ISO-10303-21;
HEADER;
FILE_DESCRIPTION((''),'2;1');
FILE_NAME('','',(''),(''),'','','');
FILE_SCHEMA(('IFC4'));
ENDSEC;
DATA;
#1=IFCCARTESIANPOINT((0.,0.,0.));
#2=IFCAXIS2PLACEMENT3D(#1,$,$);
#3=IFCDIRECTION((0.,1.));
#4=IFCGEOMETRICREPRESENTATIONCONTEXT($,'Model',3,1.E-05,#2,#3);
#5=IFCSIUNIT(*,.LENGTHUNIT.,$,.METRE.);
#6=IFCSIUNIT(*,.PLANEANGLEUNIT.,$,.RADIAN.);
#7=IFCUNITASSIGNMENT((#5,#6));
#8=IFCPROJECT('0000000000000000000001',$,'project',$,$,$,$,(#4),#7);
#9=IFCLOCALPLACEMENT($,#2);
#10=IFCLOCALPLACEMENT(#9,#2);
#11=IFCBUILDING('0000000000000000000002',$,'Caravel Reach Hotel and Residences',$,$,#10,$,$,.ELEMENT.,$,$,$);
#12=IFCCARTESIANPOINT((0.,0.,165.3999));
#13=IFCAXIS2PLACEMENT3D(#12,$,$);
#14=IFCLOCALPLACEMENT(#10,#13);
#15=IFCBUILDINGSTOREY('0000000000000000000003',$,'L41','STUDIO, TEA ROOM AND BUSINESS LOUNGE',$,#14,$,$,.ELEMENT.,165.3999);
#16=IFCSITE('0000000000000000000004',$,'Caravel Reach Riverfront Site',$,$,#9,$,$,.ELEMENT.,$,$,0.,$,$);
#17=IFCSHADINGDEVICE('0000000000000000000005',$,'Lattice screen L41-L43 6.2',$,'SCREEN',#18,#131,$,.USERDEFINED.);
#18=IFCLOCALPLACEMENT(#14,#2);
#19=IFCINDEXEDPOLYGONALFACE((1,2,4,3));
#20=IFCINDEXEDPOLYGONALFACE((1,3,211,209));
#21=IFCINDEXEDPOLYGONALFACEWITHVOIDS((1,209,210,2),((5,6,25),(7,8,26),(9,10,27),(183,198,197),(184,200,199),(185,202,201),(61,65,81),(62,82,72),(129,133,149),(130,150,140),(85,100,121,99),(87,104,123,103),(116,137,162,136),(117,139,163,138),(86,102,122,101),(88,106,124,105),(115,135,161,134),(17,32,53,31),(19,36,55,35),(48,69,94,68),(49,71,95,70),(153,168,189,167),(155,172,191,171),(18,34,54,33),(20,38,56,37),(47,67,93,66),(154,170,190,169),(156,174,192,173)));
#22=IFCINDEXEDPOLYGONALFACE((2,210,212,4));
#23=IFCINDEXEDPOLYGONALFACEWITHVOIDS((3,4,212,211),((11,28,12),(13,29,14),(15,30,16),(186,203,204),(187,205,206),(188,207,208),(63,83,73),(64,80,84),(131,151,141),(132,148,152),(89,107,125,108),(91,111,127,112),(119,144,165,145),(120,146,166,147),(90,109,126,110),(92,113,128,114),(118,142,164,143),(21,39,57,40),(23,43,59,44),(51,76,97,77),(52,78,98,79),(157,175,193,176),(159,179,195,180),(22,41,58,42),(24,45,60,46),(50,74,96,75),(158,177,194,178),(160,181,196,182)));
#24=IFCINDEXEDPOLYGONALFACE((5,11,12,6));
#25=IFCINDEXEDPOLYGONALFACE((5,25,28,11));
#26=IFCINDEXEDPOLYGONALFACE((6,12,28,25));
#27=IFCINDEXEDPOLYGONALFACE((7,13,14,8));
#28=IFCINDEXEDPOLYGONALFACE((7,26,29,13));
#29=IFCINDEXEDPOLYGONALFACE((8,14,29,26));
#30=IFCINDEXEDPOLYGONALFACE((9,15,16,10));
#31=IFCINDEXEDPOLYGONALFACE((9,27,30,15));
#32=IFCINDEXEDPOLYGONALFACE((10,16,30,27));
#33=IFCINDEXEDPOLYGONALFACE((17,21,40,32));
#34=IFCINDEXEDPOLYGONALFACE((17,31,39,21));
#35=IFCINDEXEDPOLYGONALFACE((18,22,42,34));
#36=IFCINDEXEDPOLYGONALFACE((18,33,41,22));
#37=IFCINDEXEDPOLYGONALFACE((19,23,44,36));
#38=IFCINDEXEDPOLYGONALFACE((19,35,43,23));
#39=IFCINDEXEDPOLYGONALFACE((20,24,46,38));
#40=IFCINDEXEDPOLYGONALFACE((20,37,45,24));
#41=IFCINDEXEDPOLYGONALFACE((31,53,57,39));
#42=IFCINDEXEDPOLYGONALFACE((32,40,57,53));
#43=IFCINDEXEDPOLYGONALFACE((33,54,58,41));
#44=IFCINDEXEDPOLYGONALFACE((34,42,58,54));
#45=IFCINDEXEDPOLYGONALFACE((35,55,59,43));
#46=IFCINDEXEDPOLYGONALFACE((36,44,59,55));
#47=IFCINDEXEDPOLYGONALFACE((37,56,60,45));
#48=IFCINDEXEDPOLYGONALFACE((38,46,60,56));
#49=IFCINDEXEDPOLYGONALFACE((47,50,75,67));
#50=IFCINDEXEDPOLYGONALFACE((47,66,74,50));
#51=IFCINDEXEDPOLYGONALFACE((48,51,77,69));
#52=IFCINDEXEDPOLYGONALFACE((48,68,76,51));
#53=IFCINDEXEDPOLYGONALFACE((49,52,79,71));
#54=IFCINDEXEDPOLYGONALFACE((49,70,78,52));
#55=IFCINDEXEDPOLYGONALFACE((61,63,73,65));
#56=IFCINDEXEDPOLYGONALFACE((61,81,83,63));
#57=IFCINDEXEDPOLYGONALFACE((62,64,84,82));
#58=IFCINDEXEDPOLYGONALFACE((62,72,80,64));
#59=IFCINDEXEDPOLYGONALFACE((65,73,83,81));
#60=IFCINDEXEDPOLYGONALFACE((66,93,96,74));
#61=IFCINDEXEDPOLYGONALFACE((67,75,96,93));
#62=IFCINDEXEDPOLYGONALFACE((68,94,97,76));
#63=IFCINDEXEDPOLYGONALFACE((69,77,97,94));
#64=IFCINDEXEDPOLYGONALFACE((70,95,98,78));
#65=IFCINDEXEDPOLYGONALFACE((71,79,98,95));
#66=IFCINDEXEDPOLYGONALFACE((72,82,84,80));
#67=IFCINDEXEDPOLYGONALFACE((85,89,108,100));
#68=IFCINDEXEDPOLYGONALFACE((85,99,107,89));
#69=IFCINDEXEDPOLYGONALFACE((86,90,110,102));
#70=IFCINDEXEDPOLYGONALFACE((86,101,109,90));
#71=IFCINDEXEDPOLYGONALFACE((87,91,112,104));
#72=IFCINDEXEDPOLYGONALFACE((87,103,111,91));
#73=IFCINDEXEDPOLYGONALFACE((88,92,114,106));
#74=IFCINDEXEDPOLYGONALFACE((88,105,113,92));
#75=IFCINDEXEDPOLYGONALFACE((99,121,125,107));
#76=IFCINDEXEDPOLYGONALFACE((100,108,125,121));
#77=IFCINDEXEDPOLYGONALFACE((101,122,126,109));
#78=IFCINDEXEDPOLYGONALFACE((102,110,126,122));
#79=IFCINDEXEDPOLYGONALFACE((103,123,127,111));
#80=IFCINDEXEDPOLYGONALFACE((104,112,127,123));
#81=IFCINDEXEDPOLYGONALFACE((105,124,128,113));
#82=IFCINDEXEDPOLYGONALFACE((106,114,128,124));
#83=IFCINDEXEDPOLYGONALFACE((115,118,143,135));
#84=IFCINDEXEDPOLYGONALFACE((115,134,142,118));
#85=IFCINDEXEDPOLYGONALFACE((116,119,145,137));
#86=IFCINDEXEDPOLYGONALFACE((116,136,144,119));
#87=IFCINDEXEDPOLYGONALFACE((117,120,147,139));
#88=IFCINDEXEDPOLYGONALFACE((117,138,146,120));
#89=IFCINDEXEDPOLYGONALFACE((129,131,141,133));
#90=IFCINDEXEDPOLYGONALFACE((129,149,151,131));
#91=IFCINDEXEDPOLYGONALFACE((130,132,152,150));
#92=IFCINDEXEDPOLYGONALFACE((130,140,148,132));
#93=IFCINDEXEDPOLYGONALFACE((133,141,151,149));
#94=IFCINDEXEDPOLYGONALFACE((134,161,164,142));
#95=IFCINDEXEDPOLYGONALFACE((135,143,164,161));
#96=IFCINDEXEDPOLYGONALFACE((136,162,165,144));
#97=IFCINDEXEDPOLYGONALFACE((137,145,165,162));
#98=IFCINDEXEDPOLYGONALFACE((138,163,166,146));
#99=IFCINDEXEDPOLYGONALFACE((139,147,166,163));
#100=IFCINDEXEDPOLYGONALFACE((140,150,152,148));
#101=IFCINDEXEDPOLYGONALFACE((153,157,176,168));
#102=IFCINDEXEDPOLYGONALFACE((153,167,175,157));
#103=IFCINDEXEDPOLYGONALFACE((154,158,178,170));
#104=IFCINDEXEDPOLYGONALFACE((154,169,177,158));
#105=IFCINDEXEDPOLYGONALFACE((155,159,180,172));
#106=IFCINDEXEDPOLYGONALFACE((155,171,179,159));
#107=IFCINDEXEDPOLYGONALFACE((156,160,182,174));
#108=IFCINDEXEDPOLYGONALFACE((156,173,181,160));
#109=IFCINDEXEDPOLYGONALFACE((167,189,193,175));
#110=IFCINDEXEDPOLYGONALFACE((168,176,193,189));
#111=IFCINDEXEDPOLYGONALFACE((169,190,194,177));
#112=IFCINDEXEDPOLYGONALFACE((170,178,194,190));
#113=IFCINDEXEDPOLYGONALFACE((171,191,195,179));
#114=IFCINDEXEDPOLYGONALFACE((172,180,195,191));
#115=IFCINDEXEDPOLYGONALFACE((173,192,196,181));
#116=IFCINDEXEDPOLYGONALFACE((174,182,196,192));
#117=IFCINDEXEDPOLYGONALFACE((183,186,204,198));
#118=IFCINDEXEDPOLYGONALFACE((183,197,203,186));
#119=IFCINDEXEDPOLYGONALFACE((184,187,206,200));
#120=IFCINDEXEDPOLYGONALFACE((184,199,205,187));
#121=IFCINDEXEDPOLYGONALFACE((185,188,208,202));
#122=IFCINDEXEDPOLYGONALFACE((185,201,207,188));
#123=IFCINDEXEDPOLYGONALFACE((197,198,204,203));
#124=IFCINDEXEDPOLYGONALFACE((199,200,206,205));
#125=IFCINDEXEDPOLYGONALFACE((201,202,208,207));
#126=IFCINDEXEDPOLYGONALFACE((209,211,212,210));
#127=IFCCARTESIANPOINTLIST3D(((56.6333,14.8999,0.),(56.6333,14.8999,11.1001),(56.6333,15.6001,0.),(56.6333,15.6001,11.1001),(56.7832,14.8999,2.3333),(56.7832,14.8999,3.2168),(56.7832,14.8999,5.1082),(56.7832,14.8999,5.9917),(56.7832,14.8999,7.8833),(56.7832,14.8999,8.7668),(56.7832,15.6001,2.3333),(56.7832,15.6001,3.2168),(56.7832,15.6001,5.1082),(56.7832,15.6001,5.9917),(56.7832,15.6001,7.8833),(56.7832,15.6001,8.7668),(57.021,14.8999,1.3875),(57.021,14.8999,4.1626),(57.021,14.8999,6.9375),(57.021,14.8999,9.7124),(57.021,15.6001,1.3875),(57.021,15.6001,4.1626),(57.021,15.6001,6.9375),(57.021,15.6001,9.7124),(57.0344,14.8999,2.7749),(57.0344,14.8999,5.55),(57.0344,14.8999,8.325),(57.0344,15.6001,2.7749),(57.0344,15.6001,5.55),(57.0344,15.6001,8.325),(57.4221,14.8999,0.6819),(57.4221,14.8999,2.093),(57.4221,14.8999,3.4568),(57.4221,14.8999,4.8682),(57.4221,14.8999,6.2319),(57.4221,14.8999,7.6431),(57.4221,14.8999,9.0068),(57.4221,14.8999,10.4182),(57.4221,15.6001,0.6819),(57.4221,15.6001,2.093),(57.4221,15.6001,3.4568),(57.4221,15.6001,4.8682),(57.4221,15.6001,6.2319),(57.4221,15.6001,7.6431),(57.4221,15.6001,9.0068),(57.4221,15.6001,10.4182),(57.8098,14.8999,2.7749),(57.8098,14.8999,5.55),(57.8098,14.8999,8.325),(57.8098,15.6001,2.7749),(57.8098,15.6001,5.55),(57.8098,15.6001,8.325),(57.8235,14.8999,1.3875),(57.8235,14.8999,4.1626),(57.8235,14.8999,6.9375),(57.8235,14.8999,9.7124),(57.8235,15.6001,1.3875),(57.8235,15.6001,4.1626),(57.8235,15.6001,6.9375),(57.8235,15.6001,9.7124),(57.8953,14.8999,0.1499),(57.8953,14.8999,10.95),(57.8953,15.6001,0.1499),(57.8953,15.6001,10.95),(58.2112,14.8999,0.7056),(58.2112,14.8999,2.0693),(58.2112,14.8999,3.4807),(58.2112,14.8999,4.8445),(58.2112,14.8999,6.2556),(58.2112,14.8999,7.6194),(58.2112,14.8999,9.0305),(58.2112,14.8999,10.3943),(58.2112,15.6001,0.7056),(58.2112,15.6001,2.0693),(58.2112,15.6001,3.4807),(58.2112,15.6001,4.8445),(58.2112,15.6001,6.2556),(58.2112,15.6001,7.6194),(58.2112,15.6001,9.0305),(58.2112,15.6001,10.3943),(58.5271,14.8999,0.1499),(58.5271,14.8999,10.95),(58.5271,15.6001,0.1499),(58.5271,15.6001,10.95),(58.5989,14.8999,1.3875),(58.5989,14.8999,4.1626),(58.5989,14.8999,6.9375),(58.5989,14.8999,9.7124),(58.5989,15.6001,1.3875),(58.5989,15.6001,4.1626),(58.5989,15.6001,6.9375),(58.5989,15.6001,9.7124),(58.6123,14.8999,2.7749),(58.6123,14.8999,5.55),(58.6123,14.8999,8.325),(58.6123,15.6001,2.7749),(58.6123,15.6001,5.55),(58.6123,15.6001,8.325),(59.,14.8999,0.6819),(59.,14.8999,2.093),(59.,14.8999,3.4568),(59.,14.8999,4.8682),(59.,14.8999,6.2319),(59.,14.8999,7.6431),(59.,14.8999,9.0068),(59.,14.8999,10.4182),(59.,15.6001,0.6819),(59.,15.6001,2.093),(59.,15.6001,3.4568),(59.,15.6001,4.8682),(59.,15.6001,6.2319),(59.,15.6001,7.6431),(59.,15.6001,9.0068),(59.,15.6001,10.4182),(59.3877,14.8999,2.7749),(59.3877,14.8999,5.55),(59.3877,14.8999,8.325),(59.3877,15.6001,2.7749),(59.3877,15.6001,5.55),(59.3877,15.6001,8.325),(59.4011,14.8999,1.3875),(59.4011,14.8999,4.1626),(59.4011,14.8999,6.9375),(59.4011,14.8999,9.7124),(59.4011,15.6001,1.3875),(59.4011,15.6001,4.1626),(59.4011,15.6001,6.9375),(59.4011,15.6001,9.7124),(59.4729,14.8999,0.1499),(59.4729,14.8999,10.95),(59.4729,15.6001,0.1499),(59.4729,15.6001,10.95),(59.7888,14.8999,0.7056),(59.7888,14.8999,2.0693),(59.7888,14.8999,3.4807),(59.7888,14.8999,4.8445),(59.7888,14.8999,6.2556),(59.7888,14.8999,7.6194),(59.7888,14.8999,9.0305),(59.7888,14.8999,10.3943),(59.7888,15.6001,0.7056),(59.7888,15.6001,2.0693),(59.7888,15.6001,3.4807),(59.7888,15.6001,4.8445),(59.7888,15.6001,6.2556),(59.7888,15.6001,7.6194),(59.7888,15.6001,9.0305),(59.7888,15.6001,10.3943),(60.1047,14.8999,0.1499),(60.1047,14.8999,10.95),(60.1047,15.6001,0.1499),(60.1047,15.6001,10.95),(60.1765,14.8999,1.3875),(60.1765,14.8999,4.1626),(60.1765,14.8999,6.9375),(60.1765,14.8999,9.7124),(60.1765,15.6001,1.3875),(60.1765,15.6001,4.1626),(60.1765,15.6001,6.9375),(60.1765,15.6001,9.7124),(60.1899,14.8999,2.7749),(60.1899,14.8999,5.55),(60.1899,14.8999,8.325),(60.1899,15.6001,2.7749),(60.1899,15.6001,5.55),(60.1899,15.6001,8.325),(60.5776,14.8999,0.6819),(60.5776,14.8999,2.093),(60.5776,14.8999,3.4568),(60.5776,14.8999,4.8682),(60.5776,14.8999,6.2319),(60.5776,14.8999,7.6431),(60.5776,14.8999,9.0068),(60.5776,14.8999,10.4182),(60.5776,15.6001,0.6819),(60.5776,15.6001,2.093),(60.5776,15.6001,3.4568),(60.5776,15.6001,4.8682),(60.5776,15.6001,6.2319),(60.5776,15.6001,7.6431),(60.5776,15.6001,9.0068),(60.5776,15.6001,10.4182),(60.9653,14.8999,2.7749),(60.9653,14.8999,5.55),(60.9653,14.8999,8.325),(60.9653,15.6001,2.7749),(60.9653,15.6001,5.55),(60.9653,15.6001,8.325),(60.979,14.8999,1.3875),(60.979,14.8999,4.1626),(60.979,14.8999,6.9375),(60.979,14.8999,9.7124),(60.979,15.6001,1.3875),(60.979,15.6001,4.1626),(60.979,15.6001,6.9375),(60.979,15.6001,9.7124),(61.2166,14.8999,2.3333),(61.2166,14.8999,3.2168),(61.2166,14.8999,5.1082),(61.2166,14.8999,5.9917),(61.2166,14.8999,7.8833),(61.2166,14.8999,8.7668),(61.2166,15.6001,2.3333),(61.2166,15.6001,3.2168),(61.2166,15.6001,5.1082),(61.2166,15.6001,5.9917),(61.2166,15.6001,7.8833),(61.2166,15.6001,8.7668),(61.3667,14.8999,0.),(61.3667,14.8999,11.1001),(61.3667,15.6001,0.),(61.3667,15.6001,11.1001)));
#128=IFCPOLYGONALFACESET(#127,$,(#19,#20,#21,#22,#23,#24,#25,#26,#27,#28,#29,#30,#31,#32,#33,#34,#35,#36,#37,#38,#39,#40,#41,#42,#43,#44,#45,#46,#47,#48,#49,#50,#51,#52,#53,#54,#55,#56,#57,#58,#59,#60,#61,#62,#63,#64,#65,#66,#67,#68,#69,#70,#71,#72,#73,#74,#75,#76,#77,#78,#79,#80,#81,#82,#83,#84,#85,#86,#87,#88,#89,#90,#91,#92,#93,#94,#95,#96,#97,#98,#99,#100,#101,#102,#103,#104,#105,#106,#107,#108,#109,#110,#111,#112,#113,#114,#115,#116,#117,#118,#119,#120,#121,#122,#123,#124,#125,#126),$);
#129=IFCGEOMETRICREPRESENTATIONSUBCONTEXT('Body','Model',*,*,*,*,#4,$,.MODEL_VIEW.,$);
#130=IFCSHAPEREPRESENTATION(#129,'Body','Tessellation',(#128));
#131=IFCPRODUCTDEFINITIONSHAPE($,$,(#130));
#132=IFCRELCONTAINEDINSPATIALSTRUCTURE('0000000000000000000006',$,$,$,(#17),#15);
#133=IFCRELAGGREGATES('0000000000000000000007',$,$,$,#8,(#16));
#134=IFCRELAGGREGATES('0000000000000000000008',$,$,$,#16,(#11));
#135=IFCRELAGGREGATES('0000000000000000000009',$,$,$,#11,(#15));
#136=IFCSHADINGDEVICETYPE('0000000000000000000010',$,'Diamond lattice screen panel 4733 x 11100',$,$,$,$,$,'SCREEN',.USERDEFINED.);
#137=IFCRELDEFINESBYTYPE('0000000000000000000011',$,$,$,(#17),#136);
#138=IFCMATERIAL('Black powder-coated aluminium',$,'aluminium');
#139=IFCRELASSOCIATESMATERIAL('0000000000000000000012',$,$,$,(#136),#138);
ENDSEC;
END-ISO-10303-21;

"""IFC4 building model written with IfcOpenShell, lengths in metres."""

from ifc_helpers import new_model, si_unit, direction, frame, origin, place, context, subcontext, project, spatial, polyline, outline, extrude, material, type_object, element, save


model = new_model("IFC4")

# Units and contexts
model_context = context("Model", 3, precision=1e-05, world=origin(), true_north=direction((0.0, 1.0)))
body_context = subcontext(model_context, "Body", "Model", "MODEL_VIEW")
ifc_project = project(units=[si_unit("LENGTHUNIT", "METRE"), si_unit("PLANEANGLEUNIT", "RADIAN")], contexts=[model_context])

# Site, building, storey
site_placement = place(None, origin())
site = spatial("IfcSite", under=ifc_project, at=site_placement, Name="Caravel Reach Riverfront Site", CompositionType="ELEMENT", RefElevation=0.0)
building_placement = place(site_placement, origin())
building = spatial("IfcBuilding", under=site, at=building_placement, Name="Caravel Reach Hotel and Residences", CompositionType="ELEMENT")
storey_placement = place(building_placement, frame((0.0, 0.0, 165.3999)))
storey = spatial("IfcBuildingStorey", under=building, at=storey_placement, Name="L41", Description="STUDIO, TEA ROOM AND BUSINESS LOUNGE", CompositionType="ELEMENT", Elevation=165.3999)

# Shading device
ifc_material_1 = material(Name="Black powder-coated aluminium", Category="aluminium")
shading_device_type_1 = type_object("IfcShadingDeviceType", Name="Diamond lattice screen panel 4733 x 11100", ElementType="SCREEN", PredefinedType="USERDEFINED", material=ifc_material_1)
shading_device_1_placement = place(storey_placement, frame((56.6333, 15.6001, 0.0), z_axis=(0.0, -1.0, 0.0), x_axis=(1.0, 0.0, 0.0)))
element("IfcShadingDevice", 1, at=shading_device_1_placement, inside=storey, type_object=shading_device_type_1, Name="Lattice screen L41-L43 6.2", ObjectType="SCREEN", PredefinedType="USERDEFINED", context=body_context, shape_type="SweptSolid", body=[
    extrude(outline(polyline([(0.0, 0.0), (4.7334, 0.0), (4.7334, 11.1001), (0.0, 11.1001), (0.0, 0.0)]), holes=[polyline([(0.4011, 2.7749), (0.1499, 3.2168), (0.1499, 2.3333), (0.4011, 2.7749)]), polyline([(0.4011, 5.55), (0.1499, 5.9917), (0.1499, 5.1082), (0.4011, 5.55)]), polyline([(0.4011, 8.325), (0.1499, 8.7668), (0.1499, 7.8833), (0.4011, 8.325)]), polyline([(0.7888, 2.093), (0.3877, 1.3875), (0.7888, 0.6819), (1.1902, 1.3875), (0.7888, 2.093)]), polyline([(0.7888, 4.8682), (0.3877, 4.1626), (0.7888, 3.4568), (1.1902, 4.1626), (0.7888, 4.8682)]), polyline([(0.7888, 7.6431), (0.3877, 6.9375), (0.7888, 6.2319), (1.1902, 6.9375), (0.7888, 7.6431)]), polyline([(0.7888, 10.4182), (0.3877, 9.7124), (0.7888, 9.0068), (1.1902, 9.7124), (0.7888, 10.4182)]), polyline([(1.5779, 0.7056), (1.262, 0.1499), (1.8938, 0.1499), (1.5779, 0.7056)]), polyline([(1.5779, 3.4807), (1.1765, 2.7749), (1.5779, 2.0693), (1.979, 2.7749), (1.5779, 3.4807)]), polyline([(1.5779, 6.2556), (1.1765, 5.55), (1.5779, 4.8445), (1.979, 5.55), (1.5779, 6.2556)]), polyline([(1.5779, 9.0305), (1.1765, 8.325), (1.5779, 7.6194), (1.979, 8.325), (1.5779, 9.0305)]), polyline([(1.5779, 10.3943), (1.8938, 10.95), (1.262, 10.95), (1.5779, 10.3943)]), polyline([(2.3667, 2.093), (1.9656, 1.3875), (2.3667, 0.6819), (2.7678, 1.3875), (2.3667, 2.093)]), polyline([(2.3667, 4.8682), (1.9656, 4.1626), (2.3667, 3.4568), (2.7678, 4.1626), (2.3667, 4.8682)]), polyline([(2.3667, 7.6431), (1.9656, 6.9375), (2.3667, 6.2319), (2.7678, 6.9375), (2.3667, 7.6431)]), polyline([(2.3667, 10.4182), (1.9656, 9.7124), (2.3667, 9.0068), (2.7678, 9.7124), (2.3667, 10.4182)]), polyline([(3.1555, 0.7056), (2.8396, 0.1499), (3.4714, 0.1499), (3.1555, 0.7056)]), polyline([(3.1555, 3.4807), (2.7544, 2.7749), (3.1555, 2.0693), (3.5566, 2.7749), (3.1555, 3.4807)]), polyline([(3.1555, 6.2556), (2.7544, 5.55), (3.1555, 4.8445), (3.5566, 5.55), (3.1555, 6.2556)]), polyline([(3.1555, 9.0305), (2.7544, 8.325), (3.1555, 7.6194), (3.5566, 8.325), (3.1555, 9.0305)]), polyline([(3.1555, 10.3943), (3.4714, 10.95), (2.8396, 10.95), (3.1555, 10.3943)]), polyline([(3.9443, 2.093), (3.5432, 1.3875), (3.9443, 0.6819), (4.3457, 1.3875), (3.9443, 2.093)]), polyline([(3.9443, 4.8682), (3.5432, 4.1626), (3.9443, 3.4568), (4.3457, 4.1626), (3.9443, 4.8682)]), polyline([(3.9443, 7.6431), (3.5432, 6.9375), (3.9443, 6.2319), (4.3457, 6.9375), (3.9443, 7.6431)]), polyline([(3.9443, 10.4182), (3.5432, 9.7124), (3.9443, 9.0068), (4.3457, 9.7124), (3.9443, 10.4182)]), polyline([(4.332, 2.7749), (4.5833, 2.3333), (4.5833, 3.2168), (4.332, 2.7749)]), polyline([(4.332, 5.55), (4.5833, 5.1082), (4.5833, 5.9917), (4.332, 5.55)]), polyline([(4.332, 8.325), (4.5833, 7.8833), (4.5833, 8.7668), (4.332, 8.325)])]), origin(), (0.0, 0.0, 1.0), 0.7002),
])

save(model, "model.ifc")
